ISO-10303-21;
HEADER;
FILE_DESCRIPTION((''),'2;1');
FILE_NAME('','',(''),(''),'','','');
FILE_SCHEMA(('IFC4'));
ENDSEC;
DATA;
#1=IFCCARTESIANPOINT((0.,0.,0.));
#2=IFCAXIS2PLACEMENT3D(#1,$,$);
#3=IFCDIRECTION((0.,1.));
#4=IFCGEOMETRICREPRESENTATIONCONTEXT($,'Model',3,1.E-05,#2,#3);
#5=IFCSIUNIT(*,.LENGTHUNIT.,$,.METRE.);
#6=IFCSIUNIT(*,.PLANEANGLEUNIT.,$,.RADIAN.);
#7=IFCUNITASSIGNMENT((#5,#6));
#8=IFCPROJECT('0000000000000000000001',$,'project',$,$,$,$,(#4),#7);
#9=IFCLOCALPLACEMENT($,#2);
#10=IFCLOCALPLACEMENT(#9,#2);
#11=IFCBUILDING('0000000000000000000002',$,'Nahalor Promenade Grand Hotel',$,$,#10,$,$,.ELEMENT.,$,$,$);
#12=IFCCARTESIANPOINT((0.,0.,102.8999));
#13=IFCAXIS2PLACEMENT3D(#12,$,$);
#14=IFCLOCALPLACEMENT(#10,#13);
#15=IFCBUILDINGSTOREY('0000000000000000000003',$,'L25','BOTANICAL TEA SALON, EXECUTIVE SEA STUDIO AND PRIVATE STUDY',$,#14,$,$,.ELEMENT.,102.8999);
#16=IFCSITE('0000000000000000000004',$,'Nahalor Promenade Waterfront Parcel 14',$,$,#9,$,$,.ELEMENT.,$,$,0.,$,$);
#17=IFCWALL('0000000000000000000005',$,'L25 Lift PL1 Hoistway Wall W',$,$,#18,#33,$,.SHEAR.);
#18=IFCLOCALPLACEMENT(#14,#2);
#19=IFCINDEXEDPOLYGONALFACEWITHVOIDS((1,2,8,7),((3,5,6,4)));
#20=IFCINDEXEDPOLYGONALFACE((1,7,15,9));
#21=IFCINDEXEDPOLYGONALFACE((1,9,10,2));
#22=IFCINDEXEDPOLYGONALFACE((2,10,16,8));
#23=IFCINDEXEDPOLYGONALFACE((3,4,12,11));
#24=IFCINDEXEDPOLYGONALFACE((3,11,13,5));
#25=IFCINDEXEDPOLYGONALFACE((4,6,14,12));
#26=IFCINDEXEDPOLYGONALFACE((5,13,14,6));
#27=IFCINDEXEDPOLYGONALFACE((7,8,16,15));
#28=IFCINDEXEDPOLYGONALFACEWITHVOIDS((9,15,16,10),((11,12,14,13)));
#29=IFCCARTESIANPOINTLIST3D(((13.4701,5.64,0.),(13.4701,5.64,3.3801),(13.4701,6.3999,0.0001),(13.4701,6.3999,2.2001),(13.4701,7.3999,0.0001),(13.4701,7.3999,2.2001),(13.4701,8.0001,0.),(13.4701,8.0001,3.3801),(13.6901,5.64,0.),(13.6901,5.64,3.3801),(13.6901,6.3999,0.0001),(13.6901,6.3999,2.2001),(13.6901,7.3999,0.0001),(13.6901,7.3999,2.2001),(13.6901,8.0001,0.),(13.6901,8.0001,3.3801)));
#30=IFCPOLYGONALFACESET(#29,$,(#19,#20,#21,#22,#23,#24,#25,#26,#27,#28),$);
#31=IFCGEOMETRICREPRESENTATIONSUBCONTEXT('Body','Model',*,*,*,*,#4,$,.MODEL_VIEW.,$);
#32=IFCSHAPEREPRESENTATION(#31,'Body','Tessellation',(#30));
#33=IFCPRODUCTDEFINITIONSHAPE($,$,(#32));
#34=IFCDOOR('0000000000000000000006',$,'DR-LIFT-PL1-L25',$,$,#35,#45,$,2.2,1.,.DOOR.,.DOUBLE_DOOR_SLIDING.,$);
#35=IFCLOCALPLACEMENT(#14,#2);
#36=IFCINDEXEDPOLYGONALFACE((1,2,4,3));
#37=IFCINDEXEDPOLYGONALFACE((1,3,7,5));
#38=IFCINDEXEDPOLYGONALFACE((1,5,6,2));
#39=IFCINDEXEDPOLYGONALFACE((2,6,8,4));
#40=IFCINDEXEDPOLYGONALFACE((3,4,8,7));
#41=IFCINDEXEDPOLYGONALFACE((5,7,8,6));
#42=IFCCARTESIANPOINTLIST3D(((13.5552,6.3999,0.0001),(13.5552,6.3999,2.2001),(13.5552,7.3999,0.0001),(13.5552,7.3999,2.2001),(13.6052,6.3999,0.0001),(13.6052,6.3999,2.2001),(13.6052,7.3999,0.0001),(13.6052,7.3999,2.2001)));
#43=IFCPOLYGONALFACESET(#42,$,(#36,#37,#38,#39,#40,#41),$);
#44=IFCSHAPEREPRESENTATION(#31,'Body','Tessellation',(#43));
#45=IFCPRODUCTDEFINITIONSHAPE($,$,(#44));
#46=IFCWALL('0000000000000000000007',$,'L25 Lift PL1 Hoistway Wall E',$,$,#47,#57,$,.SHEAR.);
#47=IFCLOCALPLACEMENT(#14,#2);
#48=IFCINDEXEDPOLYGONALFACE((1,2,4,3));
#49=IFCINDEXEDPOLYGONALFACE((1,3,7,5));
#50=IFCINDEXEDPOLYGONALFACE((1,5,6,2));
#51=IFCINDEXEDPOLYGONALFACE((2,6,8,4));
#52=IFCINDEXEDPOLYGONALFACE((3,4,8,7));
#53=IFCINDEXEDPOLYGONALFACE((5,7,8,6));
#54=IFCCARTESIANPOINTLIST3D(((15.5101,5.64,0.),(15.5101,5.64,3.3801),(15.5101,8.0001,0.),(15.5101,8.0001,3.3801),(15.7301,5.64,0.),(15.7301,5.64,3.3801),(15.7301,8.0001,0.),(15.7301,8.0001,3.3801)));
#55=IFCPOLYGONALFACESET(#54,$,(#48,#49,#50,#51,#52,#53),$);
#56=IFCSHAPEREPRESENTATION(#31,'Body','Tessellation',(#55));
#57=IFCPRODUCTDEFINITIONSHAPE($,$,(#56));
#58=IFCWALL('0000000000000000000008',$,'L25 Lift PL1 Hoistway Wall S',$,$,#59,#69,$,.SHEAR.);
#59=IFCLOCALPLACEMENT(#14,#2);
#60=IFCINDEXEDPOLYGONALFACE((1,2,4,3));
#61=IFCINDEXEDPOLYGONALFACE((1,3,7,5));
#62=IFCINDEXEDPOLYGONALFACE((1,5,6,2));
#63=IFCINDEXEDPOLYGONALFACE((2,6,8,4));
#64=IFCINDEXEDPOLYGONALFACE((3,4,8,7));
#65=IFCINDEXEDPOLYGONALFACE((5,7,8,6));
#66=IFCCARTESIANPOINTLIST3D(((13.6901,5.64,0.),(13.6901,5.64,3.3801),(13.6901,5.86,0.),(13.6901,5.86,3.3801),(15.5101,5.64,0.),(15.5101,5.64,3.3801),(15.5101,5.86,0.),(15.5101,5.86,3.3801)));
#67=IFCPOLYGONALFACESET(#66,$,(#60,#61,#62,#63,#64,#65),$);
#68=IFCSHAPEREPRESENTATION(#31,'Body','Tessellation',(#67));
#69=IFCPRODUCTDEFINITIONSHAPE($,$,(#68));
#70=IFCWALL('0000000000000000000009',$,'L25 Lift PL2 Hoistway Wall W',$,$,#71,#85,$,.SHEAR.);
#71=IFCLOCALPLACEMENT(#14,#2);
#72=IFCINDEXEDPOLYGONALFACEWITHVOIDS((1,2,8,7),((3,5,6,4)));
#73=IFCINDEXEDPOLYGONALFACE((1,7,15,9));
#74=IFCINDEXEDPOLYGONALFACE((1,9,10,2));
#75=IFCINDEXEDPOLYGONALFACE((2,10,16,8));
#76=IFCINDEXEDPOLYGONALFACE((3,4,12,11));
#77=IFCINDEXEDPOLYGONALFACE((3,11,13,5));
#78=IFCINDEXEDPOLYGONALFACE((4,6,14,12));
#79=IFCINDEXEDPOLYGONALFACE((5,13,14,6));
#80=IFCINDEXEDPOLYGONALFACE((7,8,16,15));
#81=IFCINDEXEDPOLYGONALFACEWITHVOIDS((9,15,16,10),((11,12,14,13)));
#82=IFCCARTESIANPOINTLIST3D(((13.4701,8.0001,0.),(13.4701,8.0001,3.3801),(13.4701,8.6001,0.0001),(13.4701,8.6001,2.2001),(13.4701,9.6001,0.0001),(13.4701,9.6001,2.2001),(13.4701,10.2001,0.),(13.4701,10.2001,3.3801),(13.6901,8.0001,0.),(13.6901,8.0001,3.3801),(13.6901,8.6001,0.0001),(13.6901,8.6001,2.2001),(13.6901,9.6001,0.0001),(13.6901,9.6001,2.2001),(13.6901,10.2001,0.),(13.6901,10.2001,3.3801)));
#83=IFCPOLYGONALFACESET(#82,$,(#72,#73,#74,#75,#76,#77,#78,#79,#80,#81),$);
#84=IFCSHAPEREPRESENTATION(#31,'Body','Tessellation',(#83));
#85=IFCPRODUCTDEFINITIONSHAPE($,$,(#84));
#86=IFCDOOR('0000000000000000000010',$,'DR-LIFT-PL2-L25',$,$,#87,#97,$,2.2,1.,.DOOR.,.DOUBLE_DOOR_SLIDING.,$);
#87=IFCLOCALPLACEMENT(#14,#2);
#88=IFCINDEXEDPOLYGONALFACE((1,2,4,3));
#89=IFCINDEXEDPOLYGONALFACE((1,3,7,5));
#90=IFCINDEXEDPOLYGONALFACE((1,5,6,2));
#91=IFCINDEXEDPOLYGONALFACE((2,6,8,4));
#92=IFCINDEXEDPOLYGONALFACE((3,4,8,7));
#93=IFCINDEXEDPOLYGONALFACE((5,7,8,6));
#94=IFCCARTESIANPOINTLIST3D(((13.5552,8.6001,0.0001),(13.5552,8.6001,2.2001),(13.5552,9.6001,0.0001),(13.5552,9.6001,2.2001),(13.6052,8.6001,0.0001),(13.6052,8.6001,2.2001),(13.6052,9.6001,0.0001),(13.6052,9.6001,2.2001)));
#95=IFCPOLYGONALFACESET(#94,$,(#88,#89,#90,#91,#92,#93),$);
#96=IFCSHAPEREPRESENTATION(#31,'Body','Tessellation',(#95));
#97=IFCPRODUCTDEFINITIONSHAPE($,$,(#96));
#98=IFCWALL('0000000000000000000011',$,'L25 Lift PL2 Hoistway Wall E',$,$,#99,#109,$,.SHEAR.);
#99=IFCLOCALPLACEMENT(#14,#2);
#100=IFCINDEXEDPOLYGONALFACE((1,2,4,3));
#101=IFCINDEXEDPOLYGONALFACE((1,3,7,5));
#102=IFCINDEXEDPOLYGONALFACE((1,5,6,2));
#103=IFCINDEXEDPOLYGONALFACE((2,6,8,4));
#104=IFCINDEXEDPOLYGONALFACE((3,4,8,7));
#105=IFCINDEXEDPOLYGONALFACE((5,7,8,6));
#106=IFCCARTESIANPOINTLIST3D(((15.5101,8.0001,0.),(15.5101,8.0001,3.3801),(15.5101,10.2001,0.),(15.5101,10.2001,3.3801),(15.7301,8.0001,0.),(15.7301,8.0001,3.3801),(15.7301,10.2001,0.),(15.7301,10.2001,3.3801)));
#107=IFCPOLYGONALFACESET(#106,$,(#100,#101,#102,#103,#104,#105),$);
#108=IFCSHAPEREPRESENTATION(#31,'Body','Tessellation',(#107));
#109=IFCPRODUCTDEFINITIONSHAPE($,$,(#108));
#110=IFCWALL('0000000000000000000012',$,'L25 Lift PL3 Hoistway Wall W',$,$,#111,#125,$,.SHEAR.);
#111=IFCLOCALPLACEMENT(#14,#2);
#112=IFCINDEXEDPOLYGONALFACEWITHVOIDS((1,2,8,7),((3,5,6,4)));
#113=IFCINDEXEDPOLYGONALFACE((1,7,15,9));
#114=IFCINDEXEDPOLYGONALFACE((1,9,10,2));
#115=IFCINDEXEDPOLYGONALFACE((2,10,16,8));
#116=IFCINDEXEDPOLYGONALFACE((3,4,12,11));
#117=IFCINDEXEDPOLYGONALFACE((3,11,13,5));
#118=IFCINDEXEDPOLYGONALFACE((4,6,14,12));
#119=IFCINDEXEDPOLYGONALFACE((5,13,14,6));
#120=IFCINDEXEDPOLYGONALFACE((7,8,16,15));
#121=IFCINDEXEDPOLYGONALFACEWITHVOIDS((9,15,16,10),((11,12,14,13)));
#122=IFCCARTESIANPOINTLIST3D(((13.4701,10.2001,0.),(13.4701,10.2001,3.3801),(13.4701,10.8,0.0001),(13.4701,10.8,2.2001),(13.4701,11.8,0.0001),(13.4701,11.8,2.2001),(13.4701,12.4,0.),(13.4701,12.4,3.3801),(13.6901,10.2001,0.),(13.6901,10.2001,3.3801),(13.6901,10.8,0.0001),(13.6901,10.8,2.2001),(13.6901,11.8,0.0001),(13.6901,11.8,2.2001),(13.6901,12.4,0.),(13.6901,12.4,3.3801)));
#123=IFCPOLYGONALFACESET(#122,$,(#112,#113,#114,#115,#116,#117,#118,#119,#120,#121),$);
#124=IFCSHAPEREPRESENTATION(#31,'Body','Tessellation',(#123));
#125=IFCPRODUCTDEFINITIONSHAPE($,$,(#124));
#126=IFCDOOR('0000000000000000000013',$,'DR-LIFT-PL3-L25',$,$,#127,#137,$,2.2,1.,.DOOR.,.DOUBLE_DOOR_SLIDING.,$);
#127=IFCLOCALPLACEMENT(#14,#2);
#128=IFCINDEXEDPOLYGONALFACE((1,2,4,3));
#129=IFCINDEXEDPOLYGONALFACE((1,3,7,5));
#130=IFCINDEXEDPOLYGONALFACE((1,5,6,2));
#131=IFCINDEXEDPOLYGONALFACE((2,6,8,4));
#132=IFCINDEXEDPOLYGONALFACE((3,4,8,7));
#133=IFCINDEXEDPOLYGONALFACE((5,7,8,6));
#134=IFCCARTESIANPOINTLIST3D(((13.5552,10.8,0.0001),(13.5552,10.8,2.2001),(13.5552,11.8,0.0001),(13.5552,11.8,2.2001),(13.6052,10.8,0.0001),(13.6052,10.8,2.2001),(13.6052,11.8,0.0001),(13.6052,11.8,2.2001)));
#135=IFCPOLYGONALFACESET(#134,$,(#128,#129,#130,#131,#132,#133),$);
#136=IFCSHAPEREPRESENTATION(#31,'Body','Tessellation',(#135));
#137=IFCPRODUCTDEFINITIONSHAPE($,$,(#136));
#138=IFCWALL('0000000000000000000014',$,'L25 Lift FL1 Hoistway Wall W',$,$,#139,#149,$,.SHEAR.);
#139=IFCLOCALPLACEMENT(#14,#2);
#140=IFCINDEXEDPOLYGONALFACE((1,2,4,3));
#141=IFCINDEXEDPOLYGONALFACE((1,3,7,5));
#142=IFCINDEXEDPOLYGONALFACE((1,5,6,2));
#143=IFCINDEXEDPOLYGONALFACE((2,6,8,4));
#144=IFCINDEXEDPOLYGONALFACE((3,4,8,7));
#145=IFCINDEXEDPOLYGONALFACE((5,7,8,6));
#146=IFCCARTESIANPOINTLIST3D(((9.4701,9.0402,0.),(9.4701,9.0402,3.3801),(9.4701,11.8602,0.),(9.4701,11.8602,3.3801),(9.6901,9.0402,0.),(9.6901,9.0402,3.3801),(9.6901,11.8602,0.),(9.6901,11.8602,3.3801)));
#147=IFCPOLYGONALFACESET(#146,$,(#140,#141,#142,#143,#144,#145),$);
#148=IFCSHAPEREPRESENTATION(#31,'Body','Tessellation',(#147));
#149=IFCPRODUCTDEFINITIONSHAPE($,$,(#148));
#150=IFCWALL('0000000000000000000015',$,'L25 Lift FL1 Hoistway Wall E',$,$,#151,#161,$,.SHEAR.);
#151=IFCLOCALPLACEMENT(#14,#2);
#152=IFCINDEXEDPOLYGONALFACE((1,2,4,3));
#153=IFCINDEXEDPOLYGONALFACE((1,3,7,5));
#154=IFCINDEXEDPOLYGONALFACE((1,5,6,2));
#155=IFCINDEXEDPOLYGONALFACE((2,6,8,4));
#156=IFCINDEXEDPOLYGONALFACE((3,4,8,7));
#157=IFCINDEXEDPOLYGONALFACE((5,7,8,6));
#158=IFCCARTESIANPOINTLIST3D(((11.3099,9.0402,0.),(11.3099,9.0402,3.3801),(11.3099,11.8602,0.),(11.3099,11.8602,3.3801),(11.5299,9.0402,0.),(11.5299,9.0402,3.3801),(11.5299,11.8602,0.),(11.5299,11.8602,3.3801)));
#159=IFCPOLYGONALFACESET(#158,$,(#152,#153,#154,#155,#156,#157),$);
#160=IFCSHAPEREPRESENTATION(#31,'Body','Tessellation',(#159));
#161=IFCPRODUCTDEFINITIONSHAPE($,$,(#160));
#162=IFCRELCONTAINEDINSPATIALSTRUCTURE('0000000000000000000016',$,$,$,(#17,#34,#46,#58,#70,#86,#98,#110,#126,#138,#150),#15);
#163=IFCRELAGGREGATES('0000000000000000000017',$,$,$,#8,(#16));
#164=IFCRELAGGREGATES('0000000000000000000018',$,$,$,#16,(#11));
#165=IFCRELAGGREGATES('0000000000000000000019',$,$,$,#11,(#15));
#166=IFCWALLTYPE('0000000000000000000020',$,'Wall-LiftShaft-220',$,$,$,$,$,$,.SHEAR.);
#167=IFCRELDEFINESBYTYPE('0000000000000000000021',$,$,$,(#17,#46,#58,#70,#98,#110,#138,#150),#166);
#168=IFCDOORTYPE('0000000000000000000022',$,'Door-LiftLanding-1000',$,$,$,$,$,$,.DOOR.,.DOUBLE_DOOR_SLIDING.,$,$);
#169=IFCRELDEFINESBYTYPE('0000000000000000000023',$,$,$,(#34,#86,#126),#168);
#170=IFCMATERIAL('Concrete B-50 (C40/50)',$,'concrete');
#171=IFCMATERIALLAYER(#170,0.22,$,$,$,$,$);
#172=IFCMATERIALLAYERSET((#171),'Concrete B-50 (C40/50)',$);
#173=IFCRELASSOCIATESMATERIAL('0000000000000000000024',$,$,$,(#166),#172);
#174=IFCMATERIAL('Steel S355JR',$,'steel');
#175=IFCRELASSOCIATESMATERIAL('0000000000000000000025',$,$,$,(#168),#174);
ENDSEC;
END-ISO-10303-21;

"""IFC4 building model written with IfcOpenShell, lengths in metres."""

from ifc_helpers import new_model, si_unit, direction, frame, frame_2d, origin, place, context, subcontext, project, spatial, rectangle, extrude, source, transform, mapped, material, layer, layer_set, type_object, element, fill, save


model = new_model("IFC4")

# Units and contexts
model_context = context("Model", 3, precision=1e-05, world=origin(), true_north=direction((0.0, 1.0)))
body_context = subcontext(model_context, "Body", "Model", "MODEL_VIEW")
ifc_project = project(units=[si_unit("LENGTHUNIT", "METRE"), si_unit("PLANEANGLEUNIT", "RADIAN")], contexts=[model_context])

# Site, building, storey
site_placement = place(None, origin())
site = spatial("IfcSite", under=ifc_project, at=site_placement, Name="Nahalor Promenade Waterfront Parcel 14", CompositionType="ELEMENT", RefElevation=0.0)
building_placement = place(site_placement, origin())
building = spatial("IfcBuilding", under=site, at=building_placement, Name="Nahalor Promenade Grand Hotel", CompositionType="ELEMENT")
storey_placement = place(building_placement, frame((0.0, 0.0, 102.8999)))
storey = spatial("IfcBuildingStorey", under=building, at=storey_placement, Name="L25", Description="BOTANICAL TEA SALON, EXECUTIVE SEA STUDIO AND PRIVATE STUDY", CompositionType="ELEMENT", Elevation=102.8999)

# Shared definitions
ifc_material_1 = material(Name="Steel S355JR", Category="steel")

# Shared definitions
ifc_material_2 = material(Name="Concrete B-50 (C40/50)", Category="concrete")

# Shared definitions
ifc_layer_1 = layer(ifc_material_2, 0.22)
ifc_layer_set_1 = layer_set([ifc_layer_1], Name="Concrete B-50 (C40/50)")
wall_type_1 = type_object("IfcWallType", Name="Wall-LiftShaft-220", PredefinedType="SHEAR", material=ifc_layer_set_1)

# Wall, opening, door
shared_shape_1 = source(origin(), body_context, "Body", "SweptSolid", [
    extrude(rectangle(XDim=2.3601, YDim=0.22, at=frame_2d((1.1802, 0.0))), origin(), (0.0, 0.0, 1.0), 3.3801),
])
wall_1_placement = place(storey_placement, frame((13.5801, 5.6399, 0.0), z_axis=(0.0, 0.0, 1.0), x_axis=(0.0, 1.0, 0.0)))
wall_1 = element("IfcWall", 1, at=wall_1_placement, inside=storey, type_object=wall_type_1, Name="L25 Lift PL1 Hoistway Wall W", PredefinedType="SHEAR", context=body_context, shape_type="MappedRepresentation", body=[
    mapped(shared_shape_1, transform((0.0, 0.0, 0.0), scale=1.0)),
])
opening_1_placement = place(wall_1_placement, frame((0.76, 0.0, 0.0)))
opening_1 = element("IfcOpeningElement", 2, at=opening_1_placement, cuts=wall_1, PredefinedType="OPENING", context=body_context, shape_type="SweptSolid", body=[
    extrude(rectangle(XDim=1.0, YDim=2.2, at=frame_2d((0.5, 1.1001))), frame((0.0, 0.1199, 0.0), z_axis=(0.0, -1.0, 0.0), x_axis=(1.0, 0.0, 0.0)), (0.0, 0.0, 1.0), 0.24),
])
door_type_1 = type_object("IfcDoorType", Name="Door-LiftLanding-1000", OperationType="DOUBLE_DOOR_SLIDING", PredefinedType="DOOR", material=ifc_material_1)
shared_shape_2 = source(origin(), body_context, "Body", "SweptSolid", [
    extrude(rectangle(XDim=1.0, YDim=2.2, at=frame_2d((0.5, 1.1001))), frame((0.0, 0.0249, 0.0), z_axis=(0.0, -1.0, 0.0), x_axis=(1.0, 0.0, 0.0)), (0.0, 0.0, 1.0), 0.05),
])
door_1_placement = place(opening_1_placement, origin())
door_1 = element("IfcDoor", 3, at=door_1_placement, inside=storey, type_object=door_type_1, Name="DR-LIFT-PL1-L25", OperationType="DOUBLE_DOOR_SLIDING", OverallHeight=2.2, OverallWidth=1.0, PredefinedType="DOOR", context=body_context, shape_type="MappedRepresentation", body=[
    mapped(shared_shape_2, transform((0.0, 0.0, 0.0), scale=1.0)),
])
fill(opening_1, door_1)

# Walls
wall_2_placement = place(storey_placement, frame((15.6201, 5.6399, 0.0), z_axis=(0.0, 0.0, 1.0), x_axis=(0.0, 1.0, 0.0)))
element("IfcWall", 4, at=wall_2_placement, inside=storey, type_object=wall_type_1, Name="L25 Lift PL1 Hoistway Wall E", PredefinedType="SHEAR", context=body_context, shape_type="MappedRepresentation", body=[
    mapped(shared_shape_1, transform((0.0, 0.0, 0.0), scale=1.0)),
])
shared_shape_3 = source(origin(), body_context, "Body", "SweptSolid", [
    extrude(rectangle(XDim=1.8201, YDim=0.22, at=frame_2d((0.9102, 0.0))), origin(), (0.0, 0.0, 1.0), 3.3801),
])
wall_3_placement = place(storey_placement, frame((13.6899, 5.75, 0.0), z_axis=(0.0, 0.0, 1.0), x_axis=(1.0, 0.0, 0.0)))
element("IfcWall", 5, at=wall_3_placement, inside=storey, type_object=wall_type_1, Name="L25 Lift PL1 Hoistway Wall S", PredefinedType="SHEAR", context=body_context, shape_type="MappedRepresentation", body=[
    mapped(shared_shape_3, transform((0.0, 0.0, 0.0), scale=1.0)),
])

# Wall, opening, door
shared_shape_4 = source(origin(), body_context, "Body", "SweptSolid", [
    extrude(rectangle(XDim=2.2, YDim=0.22, at=frame_2d((1.1001, 0.0))), origin(), (0.0, 0.0, 1.0), 3.3801),
])
wall_4_placement = place(storey_placement, frame((13.5801, 8.0, 0.0), z_axis=(0.0, 0.0, 1.0), x_axis=(0.0, 1.0, 0.0)))
wall_4 = element("IfcWall", 6, at=wall_4_placement, inside=storey, type_object=wall_type_1, Name="L25 Lift PL2 Hoistway Wall W", PredefinedType="SHEAR", context=body_context, shape_type="MappedRepresentation", body=[
    mapped(shared_shape_4, transform((0.0, 0.0, 0.0), scale=1.0)),
])
opening_2_placement = place(wall_4_placement, frame((0.6001, 0.0, 0.0)))
opening_2 = element("IfcOpeningElement", 7, at=opening_2_placement, cuts=wall_4, PredefinedType="OPENING", context=body_context, shape_type="SweptSolid", body=[
    extrude(rectangle(XDim=1.0, YDim=2.2, at=frame_2d((0.5, 1.1001))), frame((0.0, 0.1199, 0.0), z_axis=(0.0, -1.0, 0.0), x_axis=(1.0, 0.0, 0.0)), (0.0, 0.0, 1.0), 0.24),
])
door_2_placement = place(opening_2_placement, origin())
door_2 = element("IfcDoor", 8, at=door_2_placement, inside=storey, type_object=door_type_1, Name="DR-LIFT-PL2-L25", OperationType="DOUBLE_DOOR_SLIDING", OverallHeight=2.2, OverallWidth=1.0, PredefinedType="DOOR", context=body_context, shape_type="MappedRepresentation", body=[
    mapped(shared_shape_2, transform((0.0, 0.0, 0.0), scale=1.0)),
])
fill(opening_2, door_2)

# Wall
wall_5_placement = place(storey_placement, frame((15.6201, 8.0, 0.0), z_axis=(0.0, 0.0, 1.0), x_axis=(0.0, 1.0, 0.0)))
element("IfcWall", 9, at=wall_5_placement, inside=storey, type_object=wall_type_1, Name="L25 Lift PL2 Hoistway Wall E", PredefinedType="SHEAR", context=body_context, shape_type="MappedRepresentation", body=[
    mapped(shared_shape_4, transform((0.0, 0.0, 0.0), scale=1.0)),
])

# Wall, opening, door
wall_6_placement = place(storey_placement, frame((13.5801, 10.2, 0.0), z_axis=(0.0, 0.0, 1.0), x_axis=(0.0, 1.0, 0.0)))
wall_6 = element("IfcWall", 10, at=wall_6_placement, inside=storey, type_object=wall_type_1, Name="L25 Lift PL3 Hoistway Wall W", PredefinedType="SHEAR", context=body_context, shape_type="MappedRepresentation", body=[
    mapped(shared_shape_4, transform((0.0, 0.0, 0.0), scale=1.0)),
])
opening_3_placement = place(wall_6_placement, frame((0.6001, 0.0, 0.0)))
opening_3 = element("IfcOpeningElement", 11, at=opening_3_placement, cuts=wall_6, PredefinedType="OPENING", context=body_context, shape_type="SweptSolid", body=[
    extrude(rectangle(XDim=1.0, YDim=2.2, at=frame_2d((0.5, 1.1001))), frame((0.0, 0.1199, 0.0), z_axis=(0.0, -1.0, 0.0), x_axis=(1.0, 0.0, 0.0)), (0.0, 0.0, 1.0), 0.24),
])
door_3_placement = place(opening_3_placement, origin())
door_3 = element("IfcDoor", 12, at=door_3_placement, inside=storey, type_object=door_type_1, Name="DR-LIFT-PL3-L25", OperationType="DOUBLE_DOOR_SLIDING", OverallHeight=2.2, OverallWidth=1.0, PredefinedType="DOOR", context=body_context, shape_type="MappedRepresentation", body=[
    mapped(shared_shape_2, transform((0.0, 0.0, 0.0), scale=1.0)),
])
fill(opening_3, door_3)

# Walls
shared_shape_5 = source(origin(), body_context, "Body", "SweptSolid", [
    extrude(rectangle(XDim=2.8201, YDim=0.22, at=frame_2d((1.4102, 0.0))), origin(), (0.0, 0.0, 1.0), 3.3801),
])
for number, where, z_axis, x_axis, name in (
    (13, (9.5801, 9.04, 0.0), (0.0, 0.0, 1.0), (0.0, 1.0, 0.0), "L25 Lift FL1 Hoistway Wall W"),
    (14, (11.4199, 9.04, 0.0), (0.0, 0.0, 1.0), (0.0, 1.0, 0.0), "L25 Lift FL1 Hoistway Wall E"),
):
    element("IfcWall", number, at=place(storey_placement, frame(where, z_axis=z_axis, x_axis=x_axis)), inside=storey, type_object=wall_type_1, Name=name, PredefinedType="SHEAR", context=body_context, shape_type="MappedRepresentation", body=[
        mapped(shared_shape_5, transform((0.0, 0.0, 0.0), scale=1.0)),
    ])

save(model, "model.ifc")
